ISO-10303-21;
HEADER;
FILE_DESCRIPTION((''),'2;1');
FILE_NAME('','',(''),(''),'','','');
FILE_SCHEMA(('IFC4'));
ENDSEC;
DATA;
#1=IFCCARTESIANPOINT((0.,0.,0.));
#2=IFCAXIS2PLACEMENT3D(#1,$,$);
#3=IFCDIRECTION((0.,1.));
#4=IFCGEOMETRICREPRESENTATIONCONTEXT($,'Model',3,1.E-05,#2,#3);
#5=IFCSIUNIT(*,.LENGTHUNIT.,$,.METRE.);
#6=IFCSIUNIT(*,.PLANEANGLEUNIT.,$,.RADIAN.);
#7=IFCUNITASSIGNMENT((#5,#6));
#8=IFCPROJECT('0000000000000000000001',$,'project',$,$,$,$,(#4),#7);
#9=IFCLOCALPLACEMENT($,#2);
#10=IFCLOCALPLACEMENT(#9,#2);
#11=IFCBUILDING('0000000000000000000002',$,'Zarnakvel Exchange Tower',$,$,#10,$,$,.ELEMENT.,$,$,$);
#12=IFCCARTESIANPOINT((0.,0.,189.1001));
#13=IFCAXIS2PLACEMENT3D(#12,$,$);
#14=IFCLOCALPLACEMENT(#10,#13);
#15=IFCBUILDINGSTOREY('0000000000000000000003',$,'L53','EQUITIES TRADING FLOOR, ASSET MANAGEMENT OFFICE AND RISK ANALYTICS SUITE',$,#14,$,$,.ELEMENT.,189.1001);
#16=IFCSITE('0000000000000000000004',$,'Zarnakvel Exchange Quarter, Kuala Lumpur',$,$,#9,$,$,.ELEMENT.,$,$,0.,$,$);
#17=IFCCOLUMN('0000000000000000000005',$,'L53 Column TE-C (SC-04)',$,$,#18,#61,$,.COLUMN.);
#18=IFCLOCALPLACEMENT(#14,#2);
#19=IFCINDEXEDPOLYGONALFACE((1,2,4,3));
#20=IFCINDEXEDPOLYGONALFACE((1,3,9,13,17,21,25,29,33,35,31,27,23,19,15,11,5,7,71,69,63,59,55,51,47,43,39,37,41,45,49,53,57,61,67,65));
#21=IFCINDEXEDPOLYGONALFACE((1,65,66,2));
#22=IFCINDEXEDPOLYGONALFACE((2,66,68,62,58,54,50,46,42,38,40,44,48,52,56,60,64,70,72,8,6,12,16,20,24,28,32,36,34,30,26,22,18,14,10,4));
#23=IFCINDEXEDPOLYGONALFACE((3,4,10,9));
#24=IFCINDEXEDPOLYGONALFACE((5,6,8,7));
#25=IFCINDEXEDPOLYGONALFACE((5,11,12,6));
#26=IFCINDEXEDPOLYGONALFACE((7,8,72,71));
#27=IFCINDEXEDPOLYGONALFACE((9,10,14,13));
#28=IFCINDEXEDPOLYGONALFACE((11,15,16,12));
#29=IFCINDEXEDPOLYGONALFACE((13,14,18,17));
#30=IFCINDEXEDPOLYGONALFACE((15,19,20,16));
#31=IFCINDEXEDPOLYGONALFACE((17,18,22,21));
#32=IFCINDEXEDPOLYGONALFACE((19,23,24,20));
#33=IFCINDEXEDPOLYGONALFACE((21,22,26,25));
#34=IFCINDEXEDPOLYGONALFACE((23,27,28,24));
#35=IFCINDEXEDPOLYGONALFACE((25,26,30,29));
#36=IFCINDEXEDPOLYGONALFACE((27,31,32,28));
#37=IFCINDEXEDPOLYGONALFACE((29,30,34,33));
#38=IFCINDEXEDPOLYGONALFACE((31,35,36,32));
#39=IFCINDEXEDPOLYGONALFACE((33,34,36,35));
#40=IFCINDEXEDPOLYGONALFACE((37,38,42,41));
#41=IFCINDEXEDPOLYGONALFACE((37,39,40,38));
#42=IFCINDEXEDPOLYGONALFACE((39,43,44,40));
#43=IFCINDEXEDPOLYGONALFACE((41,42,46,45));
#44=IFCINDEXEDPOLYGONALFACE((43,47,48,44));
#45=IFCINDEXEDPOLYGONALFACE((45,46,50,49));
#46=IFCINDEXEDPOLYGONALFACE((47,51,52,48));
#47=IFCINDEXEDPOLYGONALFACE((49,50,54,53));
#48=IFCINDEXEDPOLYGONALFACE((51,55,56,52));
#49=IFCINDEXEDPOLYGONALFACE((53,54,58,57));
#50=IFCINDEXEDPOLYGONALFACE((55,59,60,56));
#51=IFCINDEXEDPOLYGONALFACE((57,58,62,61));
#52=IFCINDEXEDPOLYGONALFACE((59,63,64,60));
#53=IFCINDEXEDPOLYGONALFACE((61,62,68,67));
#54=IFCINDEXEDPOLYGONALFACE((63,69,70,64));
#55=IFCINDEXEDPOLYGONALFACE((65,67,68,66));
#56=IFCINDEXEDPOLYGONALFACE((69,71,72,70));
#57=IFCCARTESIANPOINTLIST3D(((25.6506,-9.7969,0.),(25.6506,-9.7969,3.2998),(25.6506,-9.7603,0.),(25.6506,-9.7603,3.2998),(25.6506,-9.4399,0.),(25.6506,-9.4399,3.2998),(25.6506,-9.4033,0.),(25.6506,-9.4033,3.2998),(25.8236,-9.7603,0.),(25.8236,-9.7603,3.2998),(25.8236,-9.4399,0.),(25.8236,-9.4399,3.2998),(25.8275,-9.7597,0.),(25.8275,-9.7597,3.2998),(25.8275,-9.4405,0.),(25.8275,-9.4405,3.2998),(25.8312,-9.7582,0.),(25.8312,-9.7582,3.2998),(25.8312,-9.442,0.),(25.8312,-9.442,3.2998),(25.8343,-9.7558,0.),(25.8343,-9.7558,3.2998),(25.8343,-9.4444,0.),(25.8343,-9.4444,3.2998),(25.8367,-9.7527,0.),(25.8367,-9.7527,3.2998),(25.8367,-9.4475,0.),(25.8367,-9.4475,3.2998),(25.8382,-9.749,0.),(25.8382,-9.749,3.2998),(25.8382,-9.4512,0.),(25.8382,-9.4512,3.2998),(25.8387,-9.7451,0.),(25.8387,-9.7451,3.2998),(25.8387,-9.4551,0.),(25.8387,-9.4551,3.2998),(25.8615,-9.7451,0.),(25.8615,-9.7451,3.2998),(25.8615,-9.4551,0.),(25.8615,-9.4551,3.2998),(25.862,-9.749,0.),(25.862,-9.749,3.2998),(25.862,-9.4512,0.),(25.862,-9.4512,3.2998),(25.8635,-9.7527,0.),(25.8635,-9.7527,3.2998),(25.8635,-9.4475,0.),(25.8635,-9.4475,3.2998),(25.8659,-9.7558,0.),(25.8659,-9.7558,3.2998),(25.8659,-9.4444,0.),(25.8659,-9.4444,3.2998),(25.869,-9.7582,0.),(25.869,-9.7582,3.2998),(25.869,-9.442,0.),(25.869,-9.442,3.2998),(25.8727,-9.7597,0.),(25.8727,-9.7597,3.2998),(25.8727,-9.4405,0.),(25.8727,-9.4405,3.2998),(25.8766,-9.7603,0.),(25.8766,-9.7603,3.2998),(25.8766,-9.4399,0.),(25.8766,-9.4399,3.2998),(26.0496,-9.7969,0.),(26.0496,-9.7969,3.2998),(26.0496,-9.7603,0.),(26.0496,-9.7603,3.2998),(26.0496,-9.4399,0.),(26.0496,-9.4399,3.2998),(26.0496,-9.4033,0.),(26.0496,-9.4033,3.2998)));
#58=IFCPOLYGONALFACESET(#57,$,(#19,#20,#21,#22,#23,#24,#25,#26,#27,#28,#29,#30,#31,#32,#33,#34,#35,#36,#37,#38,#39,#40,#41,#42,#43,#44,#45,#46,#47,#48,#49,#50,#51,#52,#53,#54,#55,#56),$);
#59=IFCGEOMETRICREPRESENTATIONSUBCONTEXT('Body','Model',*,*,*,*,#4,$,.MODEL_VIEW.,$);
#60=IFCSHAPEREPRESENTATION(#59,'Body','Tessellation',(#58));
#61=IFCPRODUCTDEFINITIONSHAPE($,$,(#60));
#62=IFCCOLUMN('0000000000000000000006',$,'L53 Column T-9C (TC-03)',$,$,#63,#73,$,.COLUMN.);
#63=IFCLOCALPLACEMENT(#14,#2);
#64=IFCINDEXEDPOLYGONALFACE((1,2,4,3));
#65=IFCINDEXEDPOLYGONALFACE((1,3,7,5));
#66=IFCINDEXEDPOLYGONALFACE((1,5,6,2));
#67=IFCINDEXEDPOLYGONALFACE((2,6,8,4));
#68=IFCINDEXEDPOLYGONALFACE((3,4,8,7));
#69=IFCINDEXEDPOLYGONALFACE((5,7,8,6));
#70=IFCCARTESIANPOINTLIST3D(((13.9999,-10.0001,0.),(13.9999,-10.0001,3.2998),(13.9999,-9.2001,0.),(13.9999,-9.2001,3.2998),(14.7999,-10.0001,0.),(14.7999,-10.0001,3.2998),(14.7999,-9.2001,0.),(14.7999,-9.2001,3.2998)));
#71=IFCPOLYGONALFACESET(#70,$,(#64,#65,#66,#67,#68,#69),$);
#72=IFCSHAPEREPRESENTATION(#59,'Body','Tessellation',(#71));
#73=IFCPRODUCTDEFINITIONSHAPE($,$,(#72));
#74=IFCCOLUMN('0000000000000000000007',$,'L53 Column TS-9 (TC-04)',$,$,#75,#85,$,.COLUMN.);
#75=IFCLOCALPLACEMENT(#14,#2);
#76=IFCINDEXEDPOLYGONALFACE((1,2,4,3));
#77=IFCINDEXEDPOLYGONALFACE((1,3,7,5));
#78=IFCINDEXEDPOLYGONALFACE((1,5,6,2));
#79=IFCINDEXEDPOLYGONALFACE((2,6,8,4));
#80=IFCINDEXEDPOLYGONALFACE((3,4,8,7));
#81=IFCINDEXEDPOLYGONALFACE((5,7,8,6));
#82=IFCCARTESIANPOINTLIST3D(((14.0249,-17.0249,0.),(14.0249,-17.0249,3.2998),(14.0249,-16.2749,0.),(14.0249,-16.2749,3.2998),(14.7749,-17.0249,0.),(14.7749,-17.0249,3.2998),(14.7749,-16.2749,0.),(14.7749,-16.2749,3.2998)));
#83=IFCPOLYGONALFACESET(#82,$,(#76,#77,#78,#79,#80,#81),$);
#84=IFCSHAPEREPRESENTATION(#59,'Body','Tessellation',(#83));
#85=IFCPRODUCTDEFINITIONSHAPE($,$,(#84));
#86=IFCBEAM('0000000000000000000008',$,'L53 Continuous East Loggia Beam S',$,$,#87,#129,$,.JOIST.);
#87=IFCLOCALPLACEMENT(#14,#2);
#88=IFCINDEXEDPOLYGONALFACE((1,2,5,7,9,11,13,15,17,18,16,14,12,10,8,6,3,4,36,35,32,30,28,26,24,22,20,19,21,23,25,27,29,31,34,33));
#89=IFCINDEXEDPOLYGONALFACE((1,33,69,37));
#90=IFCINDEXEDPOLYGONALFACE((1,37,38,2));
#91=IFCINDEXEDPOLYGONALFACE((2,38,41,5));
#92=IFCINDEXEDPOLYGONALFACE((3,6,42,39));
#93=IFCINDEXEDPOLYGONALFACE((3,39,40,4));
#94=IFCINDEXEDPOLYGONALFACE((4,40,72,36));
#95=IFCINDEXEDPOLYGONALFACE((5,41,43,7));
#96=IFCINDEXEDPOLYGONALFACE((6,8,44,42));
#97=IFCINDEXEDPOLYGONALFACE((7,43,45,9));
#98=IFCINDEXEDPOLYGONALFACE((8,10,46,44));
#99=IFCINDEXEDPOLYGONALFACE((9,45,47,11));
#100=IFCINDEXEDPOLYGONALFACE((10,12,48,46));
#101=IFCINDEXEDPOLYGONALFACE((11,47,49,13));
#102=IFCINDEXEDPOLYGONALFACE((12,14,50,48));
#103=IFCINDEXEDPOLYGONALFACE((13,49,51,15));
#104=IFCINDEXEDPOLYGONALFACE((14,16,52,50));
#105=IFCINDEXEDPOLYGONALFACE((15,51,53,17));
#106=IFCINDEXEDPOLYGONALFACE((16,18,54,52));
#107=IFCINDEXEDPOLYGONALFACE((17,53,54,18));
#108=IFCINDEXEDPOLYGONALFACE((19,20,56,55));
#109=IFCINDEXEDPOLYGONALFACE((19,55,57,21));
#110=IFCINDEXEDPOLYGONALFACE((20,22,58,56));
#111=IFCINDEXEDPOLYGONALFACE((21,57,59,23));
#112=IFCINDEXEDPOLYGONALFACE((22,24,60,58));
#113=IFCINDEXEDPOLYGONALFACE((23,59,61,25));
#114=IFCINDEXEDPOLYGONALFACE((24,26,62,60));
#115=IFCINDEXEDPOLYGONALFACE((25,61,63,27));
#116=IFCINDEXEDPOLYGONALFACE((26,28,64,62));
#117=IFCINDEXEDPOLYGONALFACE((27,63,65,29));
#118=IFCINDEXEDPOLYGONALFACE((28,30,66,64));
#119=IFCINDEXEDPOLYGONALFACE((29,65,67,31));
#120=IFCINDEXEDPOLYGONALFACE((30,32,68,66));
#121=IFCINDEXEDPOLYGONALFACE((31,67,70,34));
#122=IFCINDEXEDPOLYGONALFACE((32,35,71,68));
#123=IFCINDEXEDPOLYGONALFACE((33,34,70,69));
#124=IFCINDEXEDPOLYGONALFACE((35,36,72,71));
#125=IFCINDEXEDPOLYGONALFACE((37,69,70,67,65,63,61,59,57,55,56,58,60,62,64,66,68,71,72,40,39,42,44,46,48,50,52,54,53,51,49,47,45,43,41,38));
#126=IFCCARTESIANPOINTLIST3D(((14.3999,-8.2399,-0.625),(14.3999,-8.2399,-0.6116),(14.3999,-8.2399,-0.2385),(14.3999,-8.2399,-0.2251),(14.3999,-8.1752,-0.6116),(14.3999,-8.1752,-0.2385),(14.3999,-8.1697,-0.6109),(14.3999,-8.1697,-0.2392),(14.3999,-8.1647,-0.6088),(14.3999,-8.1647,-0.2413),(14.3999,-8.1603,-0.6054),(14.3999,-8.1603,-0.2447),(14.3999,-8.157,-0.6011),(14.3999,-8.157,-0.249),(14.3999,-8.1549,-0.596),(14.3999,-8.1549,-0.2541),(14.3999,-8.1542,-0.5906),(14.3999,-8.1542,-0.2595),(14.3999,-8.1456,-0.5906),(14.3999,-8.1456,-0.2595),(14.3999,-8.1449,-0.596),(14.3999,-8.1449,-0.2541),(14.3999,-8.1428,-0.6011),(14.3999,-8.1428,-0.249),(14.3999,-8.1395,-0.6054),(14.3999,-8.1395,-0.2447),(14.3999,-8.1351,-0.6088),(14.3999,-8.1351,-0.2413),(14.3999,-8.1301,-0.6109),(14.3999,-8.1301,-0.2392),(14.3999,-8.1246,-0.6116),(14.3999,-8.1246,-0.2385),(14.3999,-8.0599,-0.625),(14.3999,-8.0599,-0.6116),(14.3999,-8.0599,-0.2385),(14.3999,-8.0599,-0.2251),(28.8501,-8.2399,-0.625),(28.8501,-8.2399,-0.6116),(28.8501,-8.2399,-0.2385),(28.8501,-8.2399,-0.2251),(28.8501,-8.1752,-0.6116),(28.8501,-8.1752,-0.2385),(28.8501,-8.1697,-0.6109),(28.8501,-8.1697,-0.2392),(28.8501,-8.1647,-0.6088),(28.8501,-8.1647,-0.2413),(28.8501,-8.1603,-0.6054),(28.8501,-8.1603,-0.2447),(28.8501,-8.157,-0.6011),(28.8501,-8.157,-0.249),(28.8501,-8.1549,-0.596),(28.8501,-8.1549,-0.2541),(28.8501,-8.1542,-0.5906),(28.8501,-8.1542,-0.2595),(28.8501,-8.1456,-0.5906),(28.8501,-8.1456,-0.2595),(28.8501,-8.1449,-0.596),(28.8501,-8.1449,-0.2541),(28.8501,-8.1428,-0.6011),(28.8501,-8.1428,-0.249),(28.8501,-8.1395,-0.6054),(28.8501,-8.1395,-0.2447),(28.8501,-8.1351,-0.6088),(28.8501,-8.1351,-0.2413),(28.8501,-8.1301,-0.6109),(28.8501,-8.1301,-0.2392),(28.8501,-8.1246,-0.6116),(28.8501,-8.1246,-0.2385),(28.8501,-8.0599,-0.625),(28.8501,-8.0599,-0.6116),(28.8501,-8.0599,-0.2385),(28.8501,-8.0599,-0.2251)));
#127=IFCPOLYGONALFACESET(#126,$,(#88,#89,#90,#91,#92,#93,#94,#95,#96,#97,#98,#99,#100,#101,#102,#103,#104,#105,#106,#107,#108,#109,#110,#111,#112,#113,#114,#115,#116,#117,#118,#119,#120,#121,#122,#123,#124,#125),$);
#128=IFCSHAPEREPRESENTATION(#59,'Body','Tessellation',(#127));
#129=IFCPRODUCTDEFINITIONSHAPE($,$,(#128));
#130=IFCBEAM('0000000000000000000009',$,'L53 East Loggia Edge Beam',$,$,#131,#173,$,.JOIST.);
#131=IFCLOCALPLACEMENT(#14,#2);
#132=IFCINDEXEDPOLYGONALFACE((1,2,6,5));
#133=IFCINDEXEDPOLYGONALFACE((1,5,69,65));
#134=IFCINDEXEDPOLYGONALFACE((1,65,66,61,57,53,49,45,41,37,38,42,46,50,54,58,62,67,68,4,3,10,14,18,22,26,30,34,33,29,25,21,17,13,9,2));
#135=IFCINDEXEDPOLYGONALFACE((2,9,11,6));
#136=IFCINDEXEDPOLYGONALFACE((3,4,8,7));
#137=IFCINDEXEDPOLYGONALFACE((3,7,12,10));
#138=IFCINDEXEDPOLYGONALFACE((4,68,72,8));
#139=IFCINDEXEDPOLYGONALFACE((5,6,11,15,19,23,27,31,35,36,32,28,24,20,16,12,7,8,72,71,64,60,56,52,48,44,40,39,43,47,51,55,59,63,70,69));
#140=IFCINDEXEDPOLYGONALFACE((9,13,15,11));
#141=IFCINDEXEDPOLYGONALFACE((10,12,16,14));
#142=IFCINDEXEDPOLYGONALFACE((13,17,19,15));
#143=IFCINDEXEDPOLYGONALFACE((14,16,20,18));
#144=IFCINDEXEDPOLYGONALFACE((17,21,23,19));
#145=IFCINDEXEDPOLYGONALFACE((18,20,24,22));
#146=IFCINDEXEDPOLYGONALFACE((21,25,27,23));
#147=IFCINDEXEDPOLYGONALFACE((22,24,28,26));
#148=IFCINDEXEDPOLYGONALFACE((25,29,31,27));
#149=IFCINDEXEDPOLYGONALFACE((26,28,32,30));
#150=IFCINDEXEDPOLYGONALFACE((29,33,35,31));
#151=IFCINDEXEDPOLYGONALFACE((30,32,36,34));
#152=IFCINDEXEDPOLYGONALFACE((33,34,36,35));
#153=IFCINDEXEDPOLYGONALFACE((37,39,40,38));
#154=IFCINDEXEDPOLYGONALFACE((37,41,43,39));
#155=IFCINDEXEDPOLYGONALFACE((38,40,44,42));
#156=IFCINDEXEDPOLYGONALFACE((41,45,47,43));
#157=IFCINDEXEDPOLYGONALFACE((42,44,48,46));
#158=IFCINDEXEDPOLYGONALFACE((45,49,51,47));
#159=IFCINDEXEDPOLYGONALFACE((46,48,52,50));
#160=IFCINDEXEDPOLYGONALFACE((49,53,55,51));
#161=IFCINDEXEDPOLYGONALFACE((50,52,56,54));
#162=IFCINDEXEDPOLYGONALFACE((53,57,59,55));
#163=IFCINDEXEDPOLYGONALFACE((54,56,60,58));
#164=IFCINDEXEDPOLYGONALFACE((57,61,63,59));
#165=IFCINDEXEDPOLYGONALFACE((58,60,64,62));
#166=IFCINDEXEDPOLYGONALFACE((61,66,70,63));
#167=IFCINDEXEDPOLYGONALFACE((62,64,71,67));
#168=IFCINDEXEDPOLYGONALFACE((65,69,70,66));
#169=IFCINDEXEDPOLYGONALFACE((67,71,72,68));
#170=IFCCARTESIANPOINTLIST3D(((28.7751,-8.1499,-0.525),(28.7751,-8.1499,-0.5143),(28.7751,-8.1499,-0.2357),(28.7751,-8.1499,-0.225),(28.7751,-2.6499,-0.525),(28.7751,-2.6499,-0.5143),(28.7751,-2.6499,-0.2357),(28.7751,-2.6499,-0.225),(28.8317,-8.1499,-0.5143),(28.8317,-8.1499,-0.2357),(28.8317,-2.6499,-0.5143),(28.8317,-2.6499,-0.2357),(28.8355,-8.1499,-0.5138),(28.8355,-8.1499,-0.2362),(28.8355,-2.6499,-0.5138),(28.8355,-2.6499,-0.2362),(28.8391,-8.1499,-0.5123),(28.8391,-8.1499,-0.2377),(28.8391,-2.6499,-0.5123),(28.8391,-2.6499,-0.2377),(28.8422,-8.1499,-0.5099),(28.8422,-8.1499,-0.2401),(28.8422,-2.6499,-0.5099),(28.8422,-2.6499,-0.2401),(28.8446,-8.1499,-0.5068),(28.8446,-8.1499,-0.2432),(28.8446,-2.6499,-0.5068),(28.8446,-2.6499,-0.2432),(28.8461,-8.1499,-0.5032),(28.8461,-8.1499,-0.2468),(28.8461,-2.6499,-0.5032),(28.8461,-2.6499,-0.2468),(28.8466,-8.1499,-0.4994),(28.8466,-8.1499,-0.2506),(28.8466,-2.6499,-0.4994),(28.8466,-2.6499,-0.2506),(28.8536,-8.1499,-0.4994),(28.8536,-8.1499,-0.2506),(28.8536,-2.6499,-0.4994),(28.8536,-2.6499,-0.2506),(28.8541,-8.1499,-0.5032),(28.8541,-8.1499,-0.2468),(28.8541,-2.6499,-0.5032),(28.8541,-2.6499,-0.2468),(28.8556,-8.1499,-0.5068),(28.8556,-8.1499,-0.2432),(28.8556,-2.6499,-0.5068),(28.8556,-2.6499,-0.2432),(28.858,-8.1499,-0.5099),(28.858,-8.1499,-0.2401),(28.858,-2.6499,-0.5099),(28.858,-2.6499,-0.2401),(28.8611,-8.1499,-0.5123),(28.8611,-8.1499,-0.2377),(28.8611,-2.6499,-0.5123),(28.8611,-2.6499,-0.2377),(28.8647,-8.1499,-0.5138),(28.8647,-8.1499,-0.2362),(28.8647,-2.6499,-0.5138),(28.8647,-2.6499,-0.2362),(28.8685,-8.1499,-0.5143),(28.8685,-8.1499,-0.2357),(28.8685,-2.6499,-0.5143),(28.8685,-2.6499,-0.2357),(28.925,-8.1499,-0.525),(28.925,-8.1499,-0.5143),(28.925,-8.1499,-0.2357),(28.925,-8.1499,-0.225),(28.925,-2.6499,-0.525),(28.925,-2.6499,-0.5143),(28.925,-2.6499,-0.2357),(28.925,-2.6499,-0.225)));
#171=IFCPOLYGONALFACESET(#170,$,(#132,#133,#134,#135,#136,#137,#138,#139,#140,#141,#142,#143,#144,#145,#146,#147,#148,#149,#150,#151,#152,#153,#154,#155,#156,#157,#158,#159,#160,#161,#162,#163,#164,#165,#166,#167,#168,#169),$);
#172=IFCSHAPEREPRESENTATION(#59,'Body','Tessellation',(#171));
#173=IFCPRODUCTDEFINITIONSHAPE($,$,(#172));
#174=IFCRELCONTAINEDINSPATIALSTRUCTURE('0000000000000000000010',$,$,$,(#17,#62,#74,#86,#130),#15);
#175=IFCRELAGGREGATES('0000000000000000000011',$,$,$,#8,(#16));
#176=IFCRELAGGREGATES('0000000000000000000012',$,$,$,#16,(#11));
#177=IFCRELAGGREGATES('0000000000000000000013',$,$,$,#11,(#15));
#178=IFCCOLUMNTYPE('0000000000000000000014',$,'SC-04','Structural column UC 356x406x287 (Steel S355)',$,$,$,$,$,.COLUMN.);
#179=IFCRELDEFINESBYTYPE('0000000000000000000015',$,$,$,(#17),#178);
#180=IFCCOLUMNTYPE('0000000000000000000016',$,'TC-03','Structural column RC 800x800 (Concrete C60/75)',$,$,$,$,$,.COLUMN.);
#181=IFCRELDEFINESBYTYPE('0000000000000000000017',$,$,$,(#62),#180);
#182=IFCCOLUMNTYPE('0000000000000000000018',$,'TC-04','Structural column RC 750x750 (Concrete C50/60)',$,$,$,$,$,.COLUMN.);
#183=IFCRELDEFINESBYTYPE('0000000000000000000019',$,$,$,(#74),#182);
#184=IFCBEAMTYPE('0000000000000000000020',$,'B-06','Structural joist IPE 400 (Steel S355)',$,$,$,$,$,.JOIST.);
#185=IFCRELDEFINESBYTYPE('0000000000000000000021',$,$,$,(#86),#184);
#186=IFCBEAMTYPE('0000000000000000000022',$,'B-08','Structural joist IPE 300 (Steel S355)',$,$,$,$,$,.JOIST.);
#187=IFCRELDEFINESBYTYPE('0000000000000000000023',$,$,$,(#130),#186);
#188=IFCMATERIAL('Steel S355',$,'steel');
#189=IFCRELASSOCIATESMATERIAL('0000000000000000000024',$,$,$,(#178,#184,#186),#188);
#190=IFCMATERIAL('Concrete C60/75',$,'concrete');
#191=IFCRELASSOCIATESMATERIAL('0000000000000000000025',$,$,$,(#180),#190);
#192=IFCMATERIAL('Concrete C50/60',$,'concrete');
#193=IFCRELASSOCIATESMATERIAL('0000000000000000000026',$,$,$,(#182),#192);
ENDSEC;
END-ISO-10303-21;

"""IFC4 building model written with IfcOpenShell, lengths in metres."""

from ifc_helpers import new_model, si_unit, direction, frame, origin, origin_2d, place, context, subcontext, project, spatial, rectangle, i_section, extrude, material, material_profile, profile_set, type_object, element, save


model = new_model("IFC4")

# Units and contexts
model_context = context("Model", 3, precision=1e-05, world=origin(), true_north=direction((0.0, 1.0)))
body_context = subcontext(model_context, "Body", "Model", "MODEL_VIEW")
ifc_project = project(units=[si_unit("LENGTHUNIT", "METRE"), si_unit("PLANEANGLEUNIT", "RADIAN")], contexts=[model_context])

# Site, building, storey
site_placement = place(None, origin())
site = spatial("IfcSite", under=ifc_project, at=site_placement, Name="Zarnakvel Exchange Quarter, Kuala Lumpur", CompositionType="ELEMENT", RefElevation=0.0)
building_placement = place(site_placement, origin())
building = spatial("IfcBuilding", under=site, at=building_placement, Name="Zarnakvel Exchange Tower", CompositionType="ELEMENT")
storey_placement = place(building_placement, frame((0.0, 0.0, 189.1001)))
storey = spatial("IfcBuildingStorey", under=building, at=storey_placement, Name="L53", Description="EQUITIES TRADING FLOOR, ASSET MANAGEMENT OFFICE AND RISK ANALYTICS SUITE", CompositionType="ELEMENT", Elevation=189.1001)

# Columns
ifc_material_1 = material(Name="Steel S355", Category="steel")
ifc_material_profile_1 = material_profile(ifc_material_1, i_section(OverallWidth=0.3989, OverallDepth=0.3936, WebThickness=0.0227, FlangeThickness=0.0366, FilletRadius=0.0151, at=origin_2d()))
ifc_profile_set_1 = profile_set([ifc_material_profile_1], Name="Steel S355")
column_type_1 = type_object("IfcColumnType", Name="SC-04", Description="Structural column UC 356x406x287 (Steel S355)", PredefinedType="COLUMN", material=ifc_profile_set_1)
column_1_placement = place(storey_placement, frame((25.8501, -9.6001, 0.0), z_axis=(0.0, 0.0, 1.0), x_axis=(1.0, 0.0, 0.0)))
element("IfcColumn", 1, at=column_1_placement, inside=storey, type_object=column_type_1, Name="L53 Column TE-C (SC-04)", PredefinedType="COLUMN", context=body_context, shape_type="SweptSolid", body=[
    extrude(i_section(OverallWidth=0.3989, OverallDepth=0.3936, WebThickness=0.0227, FlangeThickness=0.0366, FilletRadius=0.0151, at=origin_2d()), origin(), (0.0, 0.0, 1.0), 3.2998),
])
ifc_material_2 = material(Name="Concrete C60/75", Category="concrete")
ifc_material_profile_2 = material_profile(ifc_material_2, rectangle(XDim=0.8, YDim=0.8, at=origin_2d()))
ifc_profile_set_2 = profile_set([ifc_material_profile_2], Name="Concrete C60/75")
column_type_2 = type_object("IfcColumnType", Name="TC-03", Description="Structural column RC 800x800 (Concrete C60/75)", PredefinedType="COLUMN", material=ifc_profile_set_2)
column_2_placement = place(storey_placement, frame((14.3999, -9.6001, 0.0), z_axis=(0.0, 0.0, 1.0), x_axis=(1.0, 0.0, 0.0)))
element("IfcColumn", 2, at=column_2_placement, inside=storey, type_object=column_type_2, Name="L53 Column T-9C (TC-03)", PredefinedType="COLUMN", context=body_context, shape_type="SweptSolid", body=[
    extrude(rectangle(XDim=0.8, YDim=0.8, at=origin_2d()), origin(), (0.0, 0.0, 1.0), 3.2998),
])
ifc_material_3 = material(Name="Concrete C50/60", Category="concrete")
ifc_material_profile_3 = material_profile(ifc_material_3, rectangle(XDim=0.75, YDim=0.75, at=origin_2d()))
ifc_profile_set_3 = profile_set([ifc_material_profile_3], Name="Concrete C50/60")
column_type_3 = type_object("IfcColumnType", Name="TC-04", Description="Structural column RC 750x750 (Concrete C50/60)", PredefinedType="COLUMN", material=ifc_profile_set_3)
column_3_placement = place(storey_placement, frame((14.3999, -16.6499, 0.0), z_axis=(0.0, 0.0, 1.0), x_axis=(1.0, 0.0, 0.0)))
element("IfcColumn", 3, at=column_3_placement, inside=storey, type_object=column_type_3, Name="L53 Column TS-9 (TC-04)", PredefinedType="COLUMN", context=body_context, shape_type="SweptSolid", body=[
    extrude(rectangle(XDim=0.75, YDim=0.75, at=origin_2d()), origin(), (0.0, 0.0, 1.0), 3.2998),
])

# Beams
ifc_material_profile_4 = material_profile(ifc_material_1, i_section(OverallWidth=0.1799, OverallDepth=0.3999, WebThickness=0.0085, FlangeThickness=0.0134, FilletRadius=0.021, at=origin_2d()))
ifc_profile_set_4 = profile_set([ifc_material_profile_4], Name="Steel S355")
beam_type_1 = type_object("IfcBeamType", Name="B-06", Description="Structural joist IPE 400 (Steel S355)", PredefinedType="JOIST", material=ifc_profile_set_4)
beam_1_placement = place(storey_placement, frame((14.3999, -8.1499, -0.425), z_axis=(1.0, 0.0, 0.0), x_axis=(0.0, 1.0, 0.0)))
element("IfcBeam", 4, at=beam_1_placement, inside=storey, type_object=beam_type_1, Name="L53 Continuous East Loggia Beam S", PredefinedType="JOIST", context=body_context, shape_type="SweptSolid", body=[
    extrude(i_section(OverallWidth=0.1799, OverallDepth=0.3999, WebThickness=0.0085, FlangeThickness=0.0134, FilletRadius=0.021, at=origin_2d()), origin(), (0.0, 0.0, 1.0), 14.4502),
])
ifc_material_profile_5 = material_profile(ifc_material_1, i_section(OverallWidth=0.1499, OverallDepth=0.3, WebThickness=0.0071, FlangeThickness=0.0107, FilletRadius=0.0149, at=origin_2d()))
ifc_profile_set_5 = profile_set([ifc_material_profile_5], Name="Steel S355")
beam_type_2 = type_object("IfcBeamType", Name="B-08", Description="Structural joist IPE 300 (Steel S355)", PredefinedType="JOIST", material=ifc_profile_set_5)
beam_2_placement = place(storey_placement, frame((28.8501, -8.1499, -0.375), z_axis=(0.0, 1.0, 0.0), x_axis=(-1.0, 0.0, 0.0)))
element("IfcBeam", 5, at=beam_2_placement, inside=storey, type_object=beam_type_2, Name="L53 East Loggia Edge Beam", PredefinedType="JOIST", context=body_context, shape_type="SweptSolid", body=[
    extrude(i_section(OverallWidth=0.1499, OverallDepth=0.3, WebThickness=0.0071, FlangeThickness=0.0107, FilletRadius=0.0149, at=origin_2d()), origin(), (0.0, 0.0, 1.0), 5.5),
])

save(model, "model.ifc")
